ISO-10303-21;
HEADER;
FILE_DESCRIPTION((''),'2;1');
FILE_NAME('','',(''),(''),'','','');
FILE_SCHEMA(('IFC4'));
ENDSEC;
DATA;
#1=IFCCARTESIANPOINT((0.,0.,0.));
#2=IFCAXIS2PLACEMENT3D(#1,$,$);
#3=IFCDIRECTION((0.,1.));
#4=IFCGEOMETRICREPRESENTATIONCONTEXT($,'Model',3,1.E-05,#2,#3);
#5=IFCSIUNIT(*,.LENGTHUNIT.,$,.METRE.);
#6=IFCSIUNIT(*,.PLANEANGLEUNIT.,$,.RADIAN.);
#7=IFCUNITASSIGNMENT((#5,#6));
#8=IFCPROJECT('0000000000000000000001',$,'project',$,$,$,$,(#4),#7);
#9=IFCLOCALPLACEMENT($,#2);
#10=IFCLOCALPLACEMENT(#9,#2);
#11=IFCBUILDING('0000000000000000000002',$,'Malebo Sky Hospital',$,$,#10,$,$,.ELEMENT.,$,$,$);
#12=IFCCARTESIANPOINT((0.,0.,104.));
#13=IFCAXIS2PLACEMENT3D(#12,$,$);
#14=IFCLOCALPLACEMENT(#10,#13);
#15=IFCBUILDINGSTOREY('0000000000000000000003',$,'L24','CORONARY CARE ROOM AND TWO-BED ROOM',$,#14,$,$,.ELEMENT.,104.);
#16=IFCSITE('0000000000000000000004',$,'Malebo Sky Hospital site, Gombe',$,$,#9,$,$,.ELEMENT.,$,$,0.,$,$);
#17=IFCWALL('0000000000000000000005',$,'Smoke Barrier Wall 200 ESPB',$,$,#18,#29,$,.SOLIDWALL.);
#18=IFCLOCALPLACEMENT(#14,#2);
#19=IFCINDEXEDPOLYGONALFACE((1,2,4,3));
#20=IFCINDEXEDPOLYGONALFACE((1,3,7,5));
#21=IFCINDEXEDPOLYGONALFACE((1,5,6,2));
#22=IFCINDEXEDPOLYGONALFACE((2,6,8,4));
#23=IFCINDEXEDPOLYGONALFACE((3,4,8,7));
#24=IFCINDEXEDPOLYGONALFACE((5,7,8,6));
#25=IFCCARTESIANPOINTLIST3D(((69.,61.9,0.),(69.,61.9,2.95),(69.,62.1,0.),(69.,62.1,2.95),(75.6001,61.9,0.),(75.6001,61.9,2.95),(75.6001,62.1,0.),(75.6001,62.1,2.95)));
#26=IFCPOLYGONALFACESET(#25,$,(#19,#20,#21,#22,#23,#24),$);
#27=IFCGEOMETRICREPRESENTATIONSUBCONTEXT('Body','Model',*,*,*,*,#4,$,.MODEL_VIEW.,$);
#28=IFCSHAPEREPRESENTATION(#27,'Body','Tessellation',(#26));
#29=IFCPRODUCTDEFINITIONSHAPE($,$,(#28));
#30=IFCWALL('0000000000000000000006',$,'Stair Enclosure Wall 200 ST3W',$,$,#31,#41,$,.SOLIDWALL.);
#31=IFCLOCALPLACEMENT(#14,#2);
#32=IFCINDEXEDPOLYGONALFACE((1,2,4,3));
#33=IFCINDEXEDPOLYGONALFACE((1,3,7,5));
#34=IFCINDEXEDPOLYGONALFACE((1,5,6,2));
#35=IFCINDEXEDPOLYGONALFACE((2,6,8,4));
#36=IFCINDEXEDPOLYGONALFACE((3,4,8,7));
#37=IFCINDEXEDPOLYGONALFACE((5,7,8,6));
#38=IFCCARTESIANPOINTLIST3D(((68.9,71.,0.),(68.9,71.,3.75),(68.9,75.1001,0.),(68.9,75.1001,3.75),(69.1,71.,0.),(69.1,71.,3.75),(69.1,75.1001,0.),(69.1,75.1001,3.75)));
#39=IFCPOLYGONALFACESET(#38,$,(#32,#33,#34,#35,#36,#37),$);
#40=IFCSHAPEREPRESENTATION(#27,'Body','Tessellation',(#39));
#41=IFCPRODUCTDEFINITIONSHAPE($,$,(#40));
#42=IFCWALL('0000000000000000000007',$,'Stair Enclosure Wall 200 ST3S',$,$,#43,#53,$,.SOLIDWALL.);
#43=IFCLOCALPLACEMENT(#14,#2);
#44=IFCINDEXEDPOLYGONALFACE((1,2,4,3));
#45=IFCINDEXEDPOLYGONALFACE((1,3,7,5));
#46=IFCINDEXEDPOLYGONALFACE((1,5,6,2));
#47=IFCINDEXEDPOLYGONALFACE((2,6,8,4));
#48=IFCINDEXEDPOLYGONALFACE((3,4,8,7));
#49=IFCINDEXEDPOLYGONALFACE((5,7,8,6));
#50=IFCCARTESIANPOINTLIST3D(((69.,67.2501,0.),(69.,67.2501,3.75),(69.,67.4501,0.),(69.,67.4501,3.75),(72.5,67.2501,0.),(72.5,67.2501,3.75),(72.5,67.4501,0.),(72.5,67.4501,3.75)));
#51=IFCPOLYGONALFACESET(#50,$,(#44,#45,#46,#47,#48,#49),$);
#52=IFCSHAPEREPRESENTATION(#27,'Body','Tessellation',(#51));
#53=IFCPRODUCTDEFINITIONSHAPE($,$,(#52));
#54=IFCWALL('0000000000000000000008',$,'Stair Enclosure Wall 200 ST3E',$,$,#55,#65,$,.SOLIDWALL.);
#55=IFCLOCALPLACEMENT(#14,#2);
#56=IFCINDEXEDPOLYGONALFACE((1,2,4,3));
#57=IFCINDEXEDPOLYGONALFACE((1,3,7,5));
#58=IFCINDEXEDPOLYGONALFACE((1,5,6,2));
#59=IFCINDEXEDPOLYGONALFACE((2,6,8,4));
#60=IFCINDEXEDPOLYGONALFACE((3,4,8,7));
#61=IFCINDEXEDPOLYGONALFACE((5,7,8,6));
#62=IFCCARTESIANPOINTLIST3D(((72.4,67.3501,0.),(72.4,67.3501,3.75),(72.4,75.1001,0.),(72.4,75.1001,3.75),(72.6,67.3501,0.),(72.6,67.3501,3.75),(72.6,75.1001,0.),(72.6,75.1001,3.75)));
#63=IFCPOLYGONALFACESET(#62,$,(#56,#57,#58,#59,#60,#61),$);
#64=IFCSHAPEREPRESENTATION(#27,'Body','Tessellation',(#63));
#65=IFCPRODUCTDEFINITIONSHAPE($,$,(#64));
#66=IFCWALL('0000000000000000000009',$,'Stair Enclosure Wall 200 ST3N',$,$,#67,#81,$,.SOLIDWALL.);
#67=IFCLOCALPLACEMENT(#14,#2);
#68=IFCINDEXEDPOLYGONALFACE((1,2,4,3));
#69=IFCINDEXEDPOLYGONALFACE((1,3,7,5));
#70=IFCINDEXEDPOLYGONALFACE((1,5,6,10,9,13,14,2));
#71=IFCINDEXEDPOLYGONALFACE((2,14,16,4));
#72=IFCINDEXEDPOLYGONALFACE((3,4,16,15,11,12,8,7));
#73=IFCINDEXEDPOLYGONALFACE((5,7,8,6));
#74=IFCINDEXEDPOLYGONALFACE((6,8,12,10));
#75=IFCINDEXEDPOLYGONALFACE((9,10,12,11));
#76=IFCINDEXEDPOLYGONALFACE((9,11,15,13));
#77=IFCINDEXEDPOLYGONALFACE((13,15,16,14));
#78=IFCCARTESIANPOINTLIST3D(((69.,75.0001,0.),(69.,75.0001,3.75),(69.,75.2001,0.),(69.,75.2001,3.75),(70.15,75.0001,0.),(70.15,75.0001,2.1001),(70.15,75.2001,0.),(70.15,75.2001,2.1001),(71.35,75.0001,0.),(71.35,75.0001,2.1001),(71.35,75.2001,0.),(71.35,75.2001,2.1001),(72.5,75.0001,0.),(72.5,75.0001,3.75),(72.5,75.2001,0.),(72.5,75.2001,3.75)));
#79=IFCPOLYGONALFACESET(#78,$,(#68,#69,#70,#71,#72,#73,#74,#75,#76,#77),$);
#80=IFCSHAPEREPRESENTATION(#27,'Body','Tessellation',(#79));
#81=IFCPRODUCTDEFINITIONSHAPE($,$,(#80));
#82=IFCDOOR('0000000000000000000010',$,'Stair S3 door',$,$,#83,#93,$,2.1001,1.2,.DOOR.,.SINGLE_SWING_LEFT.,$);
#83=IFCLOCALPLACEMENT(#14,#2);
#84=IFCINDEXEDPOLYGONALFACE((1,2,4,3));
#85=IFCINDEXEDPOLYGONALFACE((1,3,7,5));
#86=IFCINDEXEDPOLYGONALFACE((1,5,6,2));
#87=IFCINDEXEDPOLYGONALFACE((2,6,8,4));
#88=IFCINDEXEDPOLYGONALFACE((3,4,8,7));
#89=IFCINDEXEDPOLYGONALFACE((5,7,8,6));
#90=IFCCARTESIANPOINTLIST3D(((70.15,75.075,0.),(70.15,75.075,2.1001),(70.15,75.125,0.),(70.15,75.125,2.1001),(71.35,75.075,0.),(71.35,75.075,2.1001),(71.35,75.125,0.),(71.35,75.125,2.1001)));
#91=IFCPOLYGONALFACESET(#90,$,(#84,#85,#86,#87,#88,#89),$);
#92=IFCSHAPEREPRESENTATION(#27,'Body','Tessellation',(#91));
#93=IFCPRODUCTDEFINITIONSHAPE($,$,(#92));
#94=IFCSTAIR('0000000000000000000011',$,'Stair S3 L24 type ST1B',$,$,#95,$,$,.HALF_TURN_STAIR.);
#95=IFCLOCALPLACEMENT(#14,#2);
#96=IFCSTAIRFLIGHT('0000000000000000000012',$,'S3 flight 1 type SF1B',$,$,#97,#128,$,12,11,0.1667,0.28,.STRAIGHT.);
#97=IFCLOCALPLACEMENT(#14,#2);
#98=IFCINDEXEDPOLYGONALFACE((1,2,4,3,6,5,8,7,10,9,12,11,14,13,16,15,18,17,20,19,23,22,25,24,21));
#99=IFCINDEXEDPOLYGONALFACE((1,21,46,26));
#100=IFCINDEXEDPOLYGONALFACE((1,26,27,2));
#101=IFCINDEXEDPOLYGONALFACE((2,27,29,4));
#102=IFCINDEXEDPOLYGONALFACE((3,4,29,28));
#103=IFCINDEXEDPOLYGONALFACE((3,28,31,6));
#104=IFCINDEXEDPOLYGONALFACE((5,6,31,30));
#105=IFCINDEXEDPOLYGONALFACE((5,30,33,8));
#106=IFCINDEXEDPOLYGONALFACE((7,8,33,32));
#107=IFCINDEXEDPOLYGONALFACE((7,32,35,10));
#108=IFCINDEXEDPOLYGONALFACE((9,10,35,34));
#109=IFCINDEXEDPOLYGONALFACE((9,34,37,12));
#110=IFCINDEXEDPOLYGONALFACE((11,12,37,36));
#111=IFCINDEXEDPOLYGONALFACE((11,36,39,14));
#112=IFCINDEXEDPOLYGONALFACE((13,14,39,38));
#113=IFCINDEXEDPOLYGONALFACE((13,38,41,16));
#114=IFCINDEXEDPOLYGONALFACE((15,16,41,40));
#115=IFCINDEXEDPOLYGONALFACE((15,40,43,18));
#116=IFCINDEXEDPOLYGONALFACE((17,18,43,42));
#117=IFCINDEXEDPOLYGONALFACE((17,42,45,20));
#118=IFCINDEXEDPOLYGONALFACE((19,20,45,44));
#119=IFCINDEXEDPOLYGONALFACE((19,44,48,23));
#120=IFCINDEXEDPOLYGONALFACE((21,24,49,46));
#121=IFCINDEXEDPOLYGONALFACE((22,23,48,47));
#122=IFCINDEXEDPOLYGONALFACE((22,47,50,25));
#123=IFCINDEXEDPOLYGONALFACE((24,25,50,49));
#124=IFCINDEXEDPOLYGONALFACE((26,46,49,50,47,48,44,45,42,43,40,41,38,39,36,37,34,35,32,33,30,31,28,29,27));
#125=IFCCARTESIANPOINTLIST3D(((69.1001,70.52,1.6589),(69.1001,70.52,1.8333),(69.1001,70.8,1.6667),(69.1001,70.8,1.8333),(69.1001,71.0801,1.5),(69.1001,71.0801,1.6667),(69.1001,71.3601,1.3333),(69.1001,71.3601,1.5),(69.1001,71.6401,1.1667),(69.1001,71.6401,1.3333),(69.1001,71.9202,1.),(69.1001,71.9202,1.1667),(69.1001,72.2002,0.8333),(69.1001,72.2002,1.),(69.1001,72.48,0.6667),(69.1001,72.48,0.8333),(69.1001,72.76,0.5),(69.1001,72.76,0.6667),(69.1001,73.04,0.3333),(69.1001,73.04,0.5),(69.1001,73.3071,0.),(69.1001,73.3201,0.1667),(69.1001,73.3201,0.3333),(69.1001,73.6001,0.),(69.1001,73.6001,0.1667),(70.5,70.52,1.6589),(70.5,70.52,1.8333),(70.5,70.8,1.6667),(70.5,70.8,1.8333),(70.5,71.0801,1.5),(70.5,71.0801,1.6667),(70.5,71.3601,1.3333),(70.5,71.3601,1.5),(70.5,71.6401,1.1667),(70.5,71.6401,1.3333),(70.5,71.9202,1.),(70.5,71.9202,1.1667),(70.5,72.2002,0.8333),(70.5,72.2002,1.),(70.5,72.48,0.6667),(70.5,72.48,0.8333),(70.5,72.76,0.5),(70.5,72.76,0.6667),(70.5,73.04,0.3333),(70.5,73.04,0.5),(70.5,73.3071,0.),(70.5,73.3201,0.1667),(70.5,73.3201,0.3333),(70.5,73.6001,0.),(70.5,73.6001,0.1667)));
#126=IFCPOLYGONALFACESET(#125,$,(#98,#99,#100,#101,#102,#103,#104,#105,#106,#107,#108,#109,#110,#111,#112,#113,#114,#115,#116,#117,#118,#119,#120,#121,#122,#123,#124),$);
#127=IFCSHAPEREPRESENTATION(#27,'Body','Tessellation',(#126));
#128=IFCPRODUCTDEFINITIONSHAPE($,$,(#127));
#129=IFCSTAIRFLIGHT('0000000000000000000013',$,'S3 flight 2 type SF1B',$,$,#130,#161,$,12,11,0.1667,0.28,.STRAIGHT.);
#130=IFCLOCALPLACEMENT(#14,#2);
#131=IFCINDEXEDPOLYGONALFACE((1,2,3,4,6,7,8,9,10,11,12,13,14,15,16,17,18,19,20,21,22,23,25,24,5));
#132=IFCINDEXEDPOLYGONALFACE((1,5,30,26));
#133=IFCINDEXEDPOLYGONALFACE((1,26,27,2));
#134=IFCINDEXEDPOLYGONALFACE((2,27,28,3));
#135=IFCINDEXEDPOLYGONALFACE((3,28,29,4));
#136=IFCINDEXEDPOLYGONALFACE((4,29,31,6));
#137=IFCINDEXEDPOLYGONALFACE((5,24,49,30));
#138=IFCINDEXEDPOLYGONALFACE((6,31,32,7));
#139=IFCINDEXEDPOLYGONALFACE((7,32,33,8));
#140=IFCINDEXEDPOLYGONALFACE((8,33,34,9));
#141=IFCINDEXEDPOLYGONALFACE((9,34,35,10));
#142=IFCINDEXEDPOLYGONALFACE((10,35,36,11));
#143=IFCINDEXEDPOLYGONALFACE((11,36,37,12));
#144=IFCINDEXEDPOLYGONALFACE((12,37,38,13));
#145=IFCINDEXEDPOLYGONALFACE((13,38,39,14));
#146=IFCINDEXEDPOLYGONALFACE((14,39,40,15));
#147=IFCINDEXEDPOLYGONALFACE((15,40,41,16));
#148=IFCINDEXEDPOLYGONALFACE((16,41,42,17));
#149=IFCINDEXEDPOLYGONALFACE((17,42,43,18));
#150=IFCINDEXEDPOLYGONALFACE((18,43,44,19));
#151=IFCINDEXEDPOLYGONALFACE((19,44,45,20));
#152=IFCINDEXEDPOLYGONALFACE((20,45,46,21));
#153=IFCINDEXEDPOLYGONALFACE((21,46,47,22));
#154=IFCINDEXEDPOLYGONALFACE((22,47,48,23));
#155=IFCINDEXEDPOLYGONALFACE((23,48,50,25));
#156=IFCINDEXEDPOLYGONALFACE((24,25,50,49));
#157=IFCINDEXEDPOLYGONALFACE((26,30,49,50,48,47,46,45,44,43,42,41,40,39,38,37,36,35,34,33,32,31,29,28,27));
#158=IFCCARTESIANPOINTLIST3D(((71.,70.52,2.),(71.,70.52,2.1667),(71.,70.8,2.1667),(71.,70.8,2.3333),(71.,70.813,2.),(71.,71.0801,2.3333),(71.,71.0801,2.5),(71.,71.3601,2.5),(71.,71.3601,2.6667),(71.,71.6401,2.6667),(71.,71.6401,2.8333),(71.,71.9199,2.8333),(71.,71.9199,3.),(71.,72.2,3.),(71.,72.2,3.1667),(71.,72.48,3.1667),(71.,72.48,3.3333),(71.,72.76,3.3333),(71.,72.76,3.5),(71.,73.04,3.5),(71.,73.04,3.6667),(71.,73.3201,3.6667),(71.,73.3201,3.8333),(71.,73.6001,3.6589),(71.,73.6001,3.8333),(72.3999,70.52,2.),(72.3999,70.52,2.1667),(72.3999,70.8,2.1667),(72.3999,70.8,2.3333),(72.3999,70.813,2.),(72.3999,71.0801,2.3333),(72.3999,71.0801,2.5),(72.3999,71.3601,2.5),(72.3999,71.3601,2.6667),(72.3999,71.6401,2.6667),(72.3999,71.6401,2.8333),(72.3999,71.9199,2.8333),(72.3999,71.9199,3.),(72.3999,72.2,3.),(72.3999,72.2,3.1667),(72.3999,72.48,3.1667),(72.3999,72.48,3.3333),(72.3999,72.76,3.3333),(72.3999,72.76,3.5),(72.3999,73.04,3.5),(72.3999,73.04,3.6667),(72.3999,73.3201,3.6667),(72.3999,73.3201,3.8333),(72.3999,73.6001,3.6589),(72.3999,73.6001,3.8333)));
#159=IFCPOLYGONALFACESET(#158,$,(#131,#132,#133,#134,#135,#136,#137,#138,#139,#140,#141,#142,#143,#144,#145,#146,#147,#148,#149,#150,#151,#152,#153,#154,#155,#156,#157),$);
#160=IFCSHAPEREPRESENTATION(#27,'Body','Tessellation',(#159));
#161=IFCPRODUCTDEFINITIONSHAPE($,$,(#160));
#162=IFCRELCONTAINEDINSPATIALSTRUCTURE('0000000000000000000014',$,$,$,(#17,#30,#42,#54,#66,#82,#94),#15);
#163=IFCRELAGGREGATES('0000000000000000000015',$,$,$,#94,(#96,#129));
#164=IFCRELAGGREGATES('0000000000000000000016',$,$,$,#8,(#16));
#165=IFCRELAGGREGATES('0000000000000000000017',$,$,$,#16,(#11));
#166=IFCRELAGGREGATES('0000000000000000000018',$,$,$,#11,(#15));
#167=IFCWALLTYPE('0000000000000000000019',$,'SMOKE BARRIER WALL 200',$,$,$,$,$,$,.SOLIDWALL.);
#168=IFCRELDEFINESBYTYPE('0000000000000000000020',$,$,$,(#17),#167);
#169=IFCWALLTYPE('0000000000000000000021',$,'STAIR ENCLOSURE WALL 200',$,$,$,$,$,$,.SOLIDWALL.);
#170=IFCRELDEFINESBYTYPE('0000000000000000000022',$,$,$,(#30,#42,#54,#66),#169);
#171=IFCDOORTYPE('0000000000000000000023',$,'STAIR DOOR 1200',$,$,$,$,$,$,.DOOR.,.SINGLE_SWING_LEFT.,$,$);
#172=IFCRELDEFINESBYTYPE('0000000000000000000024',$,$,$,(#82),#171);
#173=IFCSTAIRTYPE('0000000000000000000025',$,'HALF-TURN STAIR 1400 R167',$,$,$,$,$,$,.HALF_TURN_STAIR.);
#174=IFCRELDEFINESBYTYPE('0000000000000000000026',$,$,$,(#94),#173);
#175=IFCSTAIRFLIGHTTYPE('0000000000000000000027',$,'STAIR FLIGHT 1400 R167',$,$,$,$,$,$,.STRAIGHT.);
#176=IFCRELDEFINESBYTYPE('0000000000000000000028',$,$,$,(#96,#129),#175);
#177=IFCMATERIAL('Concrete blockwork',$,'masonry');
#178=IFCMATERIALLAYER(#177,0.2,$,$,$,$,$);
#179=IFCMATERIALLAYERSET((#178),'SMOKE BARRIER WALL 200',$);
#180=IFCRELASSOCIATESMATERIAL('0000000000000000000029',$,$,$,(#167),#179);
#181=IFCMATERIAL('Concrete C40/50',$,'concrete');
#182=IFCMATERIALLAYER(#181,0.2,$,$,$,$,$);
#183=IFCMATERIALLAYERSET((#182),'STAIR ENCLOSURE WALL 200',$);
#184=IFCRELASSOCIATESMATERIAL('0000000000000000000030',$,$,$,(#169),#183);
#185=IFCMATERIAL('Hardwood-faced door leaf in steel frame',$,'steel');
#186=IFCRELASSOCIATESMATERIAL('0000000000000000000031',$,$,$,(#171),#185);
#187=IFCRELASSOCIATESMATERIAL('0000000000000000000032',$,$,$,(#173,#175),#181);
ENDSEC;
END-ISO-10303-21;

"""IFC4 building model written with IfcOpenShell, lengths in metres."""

from ifc_helpers import new_model, si_unit, direction, frame, frame_2d, origin, place, context, subcontext, project, spatial, polyline, rectangle, outline, extrude, material, layer, layer_set, type_object, element, fill, aggregate, save


model = new_model("IFC4")

# Units and contexts
model_context = context("Model", 3, precision=1e-05, world=origin(), true_north=direction((0.0, 1.0)))
body_context = subcontext(model_context, "Body", "Model", "MODEL_VIEW")
ifc_project = project(units=[si_unit("LENGTHUNIT", "METRE"), si_unit("PLANEANGLEUNIT", "RADIAN")], contexts=[model_context])

# Site, building, storey
site_placement = place(None, origin())
site = spatial("IfcSite", under=ifc_project, at=site_placement, Name="Malebo Sky Hospital site, Gombe", CompositionType="ELEMENT", RefElevation=0.0)
building_placement = place(site_placement, origin())
building = spatial("IfcBuilding", under=site, at=building_placement, Name="Malebo Sky Hospital", CompositionType="ELEMENT")
storey_placement = place(building_placement, frame((0.0, 0.0, 104.0)))
storey = spatial("IfcBuildingStorey", under=building, at=storey_placement, Name="L24", Description="CORONARY CARE ROOM AND TWO-BED ROOM", CompositionType="ELEMENT", Elevation=104.0)

# Shared definitions
ifc_material_1 = material(Name="Hardwood-faced door leaf in steel frame", Category="steel")

# Walls
ifc_material_2 = material(Name="Concrete blockwork", Category="masonry")
ifc_layer_1 = layer(ifc_material_2, 0.2)
ifc_layer_set_1 = layer_set([ifc_layer_1], Name="SMOKE BARRIER WALL 200")
wall_type_1 = type_object("IfcWallType", Name="SMOKE BARRIER WALL 200", PredefinedType="SOLIDWALL", material=ifc_layer_set_1)
wall_1_placement = place(storey_placement, frame((69.0, 62.0, 0.0), z_axis=(0.0, 0.0, 1.0), x_axis=(1.0, 0.0, 0.0)))
element("IfcWall", 1, at=wall_1_placement, inside=storey, type_object=wall_type_1, Name="Smoke Barrier Wall 200 ESPB", PredefinedType="SOLIDWALL", context=body_context, shape_type="SweptSolid", body=[
    extrude(rectangle(XDim=6.6001, YDim=0.2, at=frame_2d((3.3, 0.0))), origin(), (0.0, 0.0, 1.0), 2.95),
])
ifc_material_3 = material(Name="Concrete C40/50", Category="concrete")
ifc_layer_2 = layer(ifc_material_3, 0.2)
ifc_layer_set_2 = layer_set([ifc_layer_2], Name="STAIR ENCLOSURE WALL 200")
wall_type_2 = type_object("IfcWallType", Name="STAIR ENCLOSURE WALL 200", PredefinedType="SOLIDWALL", material=ifc_layer_set_2)
wall_2_placement = place(storey_placement, frame((69.0, 71.0, 0.0), z_axis=(0.0, 0.0, 1.0), x_axis=(0.0, 1.0, 0.0)))
element("IfcWall", 2, at=wall_2_placement, inside=storey, type_object=wall_type_2, Name="Stair Enclosure Wall 200 ST3W", PredefinedType="SOLIDWALL", context=body_context, shape_type="SweptSolid", body=[
    extrude(rectangle(XDim=4.1001, YDim=0.2, at=frame_2d((2.05, 0.0))), origin(), (0.0, 0.0, 1.0), 3.75),
])
wall_3_placement = place(storey_placement, frame((69.0, 67.3501, 0.0), z_axis=(0.0, 0.0, 1.0), x_axis=(1.0, 0.0, 0.0)))
element("IfcWall", 3, at=wall_3_placement, inside=storey, type_object=wall_type_2, Name="Stair Enclosure Wall 200 ST3S", PredefinedType="SOLIDWALL", context=body_context, shape_type="SweptSolid", body=[
    extrude(rectangle(XDim=3.5, YDim=0.2, at=frame_2d((1.75, 0.0))), origin(), (0.0, 0.0, 1.0), 3.75),
])
wall_4_placement = place(storey_placement, frame((72.5, 67.3501, 0.0), z_axis=(0.0, 0.0, 1.0), x_axis=(0.0, 1.0, 0.0)))
element("IfcWall", 4, at=wall_4_placement, inside=storey, type_object=wall_type_2, Name="Stair Enclosure Wall 200 ST3E", PredefinedType="SOLIDWALL", context=body_context, shape_type="SweptSolid", body=[
    extrude(rectangle(XDim=7.75, YDim=0.2, at=frame_2d((3.875, 0.0))), origin(), (0.0, 0.0, 1.0), 3.75),
])

# Wall, opening, door
wall_5_placement = place(storey_placement, frame((69.0, 75.1001, 0.0), z_axis=(0.0, 0.0, 1.0), x_axis=(1.0, 0.0, 0.0)))
wall_5 = element("IfcWall", 5, at=wall_5_placement, inside=storey, type_object=wall_type_2, Name="Stair Enclosure Wall 200 ST3N", PredefinedType="SOLIDWALL", context=body_context, shape_type="SweptSolid", body=[
    extrude(rectangle(XDim=3.5, YDim=0.2, at=frame_2d((1.75, 0.0))), origin(), (0.0, 0.0, 1.0), 3.75),
])
opening_1_placement = place(wall_5_placement, frame((1.1499, 0.0, 0.0)))
opening_1 = element("IfcOpeningElement", 6, at=opening_1_placement, cuts=wall_5, PredefinedType="OPENING", context=body_context, shape_type="SweptSolid", body=[
    extrude(rectangle(XDim=1.2, YDim=2.1001, at=frame_2d((0.6001, 1.05))), frame((0.0, 0.1099, 0.0), z_axis=(0.0, -1.0, 0.0), x_axis=(1.0, 0.0, 0.0)), (0.0, 0.0, 1.0), 0.22),
])
door_type_1 = type_object("IfcDoorType", Name="STAIR DOOR 1200", OperationType="SINGLE_SWING_LEFT", PredefinedType="DOOR", material=ifc_material_1)
door_1_placement = place(opening_1_placement, origin())
door_1 = element("IfcDoor", 7, at=door_1_placement, inside=storey, type_object=door_type_1, Name="Stair S3 door", OperationType="SINGLE_SWING_LEFT", OverallHeight=2.1001, OverallWidth=1.2, PredefinedType="DOOR", context=body_context, shape_type="SweptSolid", body=[
    extrude(rectangle(XDim=1.2, YDim=2.1001, at=frame_2d((0.6001, 1.05))), frame((0.0, 0.0249, 0.0), z_axis=(0.0, -1.0, 0.0), x_axis=(1.0, 0.0, 0.0)), (0.0, 0.0, 1.0), 0.05),
])
fill(opening_1, door_1)

# Stair, stair flights
stair_type = type_object("IfcStairType", Name="HALF-TURN STAIR 1400 R167", PredefinedType="HALF_TURN_STAIR", material=ifc_material_3)
stair_placement = place(storey_placement, origin())
stair = element("IfcStair", 8, at=stair_placement, inside=storey, type_object=stair_type, Name="Stair S3 L24 type ST1B", PredefinedType="HALF_TURN_STAIR")
stair_flight_type = type_object("IfcStairFlightType", Name="STAIR FLIGHT 1400 R167", PredefinedType="STRAIGHT", material=ifc_material_3)
stair_flight_1_placement = place(storey_placement, frame((69.8, 73.6001, 0.0), z_axis=(0.0, 0.0, 1.0), x_axis=(0.0, -1.0, 0.0)))
stair_flight_1 = element("IfcStairFlight", 9, at=stair_flight_1_placement, type_object=stair_flight_type, Name="S3 flight 1 type SF1B", NumberOfRisers=12, NumberOfTreads=11, PredefinedType="STRAIGHT", RiserHeight=0.1667, TreadLength=0.28, context=body_context, shape_type="SweptSolid", body=[
    extrude(outline(polyline([(0.0, 0.0), (0.0, 0.1667), (0.28, 0.1667), (0.28, 0.3333), (0.5601, 0.3333), (0.5601, 0.5), (0.8401, 0.5), (0.8401, 0.6667), (1.1201, 0.6667), (1.1201, 0.8333), (1.3999, 0.8333), (1.3999, 1.0), (1.6799, 1.0), (1.6799, 1.1667), (1.96, 1.1667), (1.96, 1.3333), (2.24, 1.3333), (2.24, 1.5), (2.52, 1.5), (2.52, 1.6667), (2.8, 1.6667), (2.8, 1.8333), (3.0801, 1.8333), (3.0801, 2.0), (3.0801, 1.6589), (0.293, 0.0), (0.0, 0.0)])), frame((0.0, 0.7, 0.0), z_axis=(0.0, -1.0, 0.0), x_axis=(1.0, 0.0, 0.0)), (0.0, 0.0, 1.0), 1.3999),
])
stair_flight_2_placement = place(storey_placement, frame((71.7, 70.52, 2.0), z_axis=(0.0, 0.0, 1.0), x_axis=(0.0, 1.0, 0.0)))
stair_flight_2 = element("IfcStairFlight", 10, at=stair_flight_2_placement, type_object=stair_flight_type, Name="S3 flight 2 type SF1B", NumberOfRisers=12, NumberOfTreads=11, PredefinedType="STRAIGHT", RiserHeight=0.1667, TreadLength=0.28, context=body_context, shape_type="SweptSolid", body=[
    extrude(outline(polyline([(0.0, 0.0), (0.0, 0.1667), (0.28, 0.1667), (0.28, 0.3333), (0.5601, 0.3333), (0.5601, 0.5), (0.8401, 0.5), (0.8401, 0.6667), (1.1201, 0.6667), (1.1201, 0.8333), (1.3999, 0.8333), (1.3999, 1.0), (1.6799, 1.0), (1.6799, 1.1667), (1.96, 1.1667), (1.96, 1.3333), (2.24, 1.3333), (2.24, 1.5), (2.52, 1.5), (2.52, 1.6667), (2.8, 1.6667), (2.8, 1.8333), (3.0801, 1.8333), (3.0801, 2.0), (3.0801, 1.6589), (0.293, 0.0), (0.0, 0.0)])), frame((0.0, 0.7, 0.0), z_axis=(0.0, -1.0, 0.0), x_axis=(1.0, 0.0, 0.0)), (0.0, 0.0, 1.0), 1.3999),
])
aggregate(stair, [stair_flight_1, stair_flight_2])

save(model, "model.ifc")
